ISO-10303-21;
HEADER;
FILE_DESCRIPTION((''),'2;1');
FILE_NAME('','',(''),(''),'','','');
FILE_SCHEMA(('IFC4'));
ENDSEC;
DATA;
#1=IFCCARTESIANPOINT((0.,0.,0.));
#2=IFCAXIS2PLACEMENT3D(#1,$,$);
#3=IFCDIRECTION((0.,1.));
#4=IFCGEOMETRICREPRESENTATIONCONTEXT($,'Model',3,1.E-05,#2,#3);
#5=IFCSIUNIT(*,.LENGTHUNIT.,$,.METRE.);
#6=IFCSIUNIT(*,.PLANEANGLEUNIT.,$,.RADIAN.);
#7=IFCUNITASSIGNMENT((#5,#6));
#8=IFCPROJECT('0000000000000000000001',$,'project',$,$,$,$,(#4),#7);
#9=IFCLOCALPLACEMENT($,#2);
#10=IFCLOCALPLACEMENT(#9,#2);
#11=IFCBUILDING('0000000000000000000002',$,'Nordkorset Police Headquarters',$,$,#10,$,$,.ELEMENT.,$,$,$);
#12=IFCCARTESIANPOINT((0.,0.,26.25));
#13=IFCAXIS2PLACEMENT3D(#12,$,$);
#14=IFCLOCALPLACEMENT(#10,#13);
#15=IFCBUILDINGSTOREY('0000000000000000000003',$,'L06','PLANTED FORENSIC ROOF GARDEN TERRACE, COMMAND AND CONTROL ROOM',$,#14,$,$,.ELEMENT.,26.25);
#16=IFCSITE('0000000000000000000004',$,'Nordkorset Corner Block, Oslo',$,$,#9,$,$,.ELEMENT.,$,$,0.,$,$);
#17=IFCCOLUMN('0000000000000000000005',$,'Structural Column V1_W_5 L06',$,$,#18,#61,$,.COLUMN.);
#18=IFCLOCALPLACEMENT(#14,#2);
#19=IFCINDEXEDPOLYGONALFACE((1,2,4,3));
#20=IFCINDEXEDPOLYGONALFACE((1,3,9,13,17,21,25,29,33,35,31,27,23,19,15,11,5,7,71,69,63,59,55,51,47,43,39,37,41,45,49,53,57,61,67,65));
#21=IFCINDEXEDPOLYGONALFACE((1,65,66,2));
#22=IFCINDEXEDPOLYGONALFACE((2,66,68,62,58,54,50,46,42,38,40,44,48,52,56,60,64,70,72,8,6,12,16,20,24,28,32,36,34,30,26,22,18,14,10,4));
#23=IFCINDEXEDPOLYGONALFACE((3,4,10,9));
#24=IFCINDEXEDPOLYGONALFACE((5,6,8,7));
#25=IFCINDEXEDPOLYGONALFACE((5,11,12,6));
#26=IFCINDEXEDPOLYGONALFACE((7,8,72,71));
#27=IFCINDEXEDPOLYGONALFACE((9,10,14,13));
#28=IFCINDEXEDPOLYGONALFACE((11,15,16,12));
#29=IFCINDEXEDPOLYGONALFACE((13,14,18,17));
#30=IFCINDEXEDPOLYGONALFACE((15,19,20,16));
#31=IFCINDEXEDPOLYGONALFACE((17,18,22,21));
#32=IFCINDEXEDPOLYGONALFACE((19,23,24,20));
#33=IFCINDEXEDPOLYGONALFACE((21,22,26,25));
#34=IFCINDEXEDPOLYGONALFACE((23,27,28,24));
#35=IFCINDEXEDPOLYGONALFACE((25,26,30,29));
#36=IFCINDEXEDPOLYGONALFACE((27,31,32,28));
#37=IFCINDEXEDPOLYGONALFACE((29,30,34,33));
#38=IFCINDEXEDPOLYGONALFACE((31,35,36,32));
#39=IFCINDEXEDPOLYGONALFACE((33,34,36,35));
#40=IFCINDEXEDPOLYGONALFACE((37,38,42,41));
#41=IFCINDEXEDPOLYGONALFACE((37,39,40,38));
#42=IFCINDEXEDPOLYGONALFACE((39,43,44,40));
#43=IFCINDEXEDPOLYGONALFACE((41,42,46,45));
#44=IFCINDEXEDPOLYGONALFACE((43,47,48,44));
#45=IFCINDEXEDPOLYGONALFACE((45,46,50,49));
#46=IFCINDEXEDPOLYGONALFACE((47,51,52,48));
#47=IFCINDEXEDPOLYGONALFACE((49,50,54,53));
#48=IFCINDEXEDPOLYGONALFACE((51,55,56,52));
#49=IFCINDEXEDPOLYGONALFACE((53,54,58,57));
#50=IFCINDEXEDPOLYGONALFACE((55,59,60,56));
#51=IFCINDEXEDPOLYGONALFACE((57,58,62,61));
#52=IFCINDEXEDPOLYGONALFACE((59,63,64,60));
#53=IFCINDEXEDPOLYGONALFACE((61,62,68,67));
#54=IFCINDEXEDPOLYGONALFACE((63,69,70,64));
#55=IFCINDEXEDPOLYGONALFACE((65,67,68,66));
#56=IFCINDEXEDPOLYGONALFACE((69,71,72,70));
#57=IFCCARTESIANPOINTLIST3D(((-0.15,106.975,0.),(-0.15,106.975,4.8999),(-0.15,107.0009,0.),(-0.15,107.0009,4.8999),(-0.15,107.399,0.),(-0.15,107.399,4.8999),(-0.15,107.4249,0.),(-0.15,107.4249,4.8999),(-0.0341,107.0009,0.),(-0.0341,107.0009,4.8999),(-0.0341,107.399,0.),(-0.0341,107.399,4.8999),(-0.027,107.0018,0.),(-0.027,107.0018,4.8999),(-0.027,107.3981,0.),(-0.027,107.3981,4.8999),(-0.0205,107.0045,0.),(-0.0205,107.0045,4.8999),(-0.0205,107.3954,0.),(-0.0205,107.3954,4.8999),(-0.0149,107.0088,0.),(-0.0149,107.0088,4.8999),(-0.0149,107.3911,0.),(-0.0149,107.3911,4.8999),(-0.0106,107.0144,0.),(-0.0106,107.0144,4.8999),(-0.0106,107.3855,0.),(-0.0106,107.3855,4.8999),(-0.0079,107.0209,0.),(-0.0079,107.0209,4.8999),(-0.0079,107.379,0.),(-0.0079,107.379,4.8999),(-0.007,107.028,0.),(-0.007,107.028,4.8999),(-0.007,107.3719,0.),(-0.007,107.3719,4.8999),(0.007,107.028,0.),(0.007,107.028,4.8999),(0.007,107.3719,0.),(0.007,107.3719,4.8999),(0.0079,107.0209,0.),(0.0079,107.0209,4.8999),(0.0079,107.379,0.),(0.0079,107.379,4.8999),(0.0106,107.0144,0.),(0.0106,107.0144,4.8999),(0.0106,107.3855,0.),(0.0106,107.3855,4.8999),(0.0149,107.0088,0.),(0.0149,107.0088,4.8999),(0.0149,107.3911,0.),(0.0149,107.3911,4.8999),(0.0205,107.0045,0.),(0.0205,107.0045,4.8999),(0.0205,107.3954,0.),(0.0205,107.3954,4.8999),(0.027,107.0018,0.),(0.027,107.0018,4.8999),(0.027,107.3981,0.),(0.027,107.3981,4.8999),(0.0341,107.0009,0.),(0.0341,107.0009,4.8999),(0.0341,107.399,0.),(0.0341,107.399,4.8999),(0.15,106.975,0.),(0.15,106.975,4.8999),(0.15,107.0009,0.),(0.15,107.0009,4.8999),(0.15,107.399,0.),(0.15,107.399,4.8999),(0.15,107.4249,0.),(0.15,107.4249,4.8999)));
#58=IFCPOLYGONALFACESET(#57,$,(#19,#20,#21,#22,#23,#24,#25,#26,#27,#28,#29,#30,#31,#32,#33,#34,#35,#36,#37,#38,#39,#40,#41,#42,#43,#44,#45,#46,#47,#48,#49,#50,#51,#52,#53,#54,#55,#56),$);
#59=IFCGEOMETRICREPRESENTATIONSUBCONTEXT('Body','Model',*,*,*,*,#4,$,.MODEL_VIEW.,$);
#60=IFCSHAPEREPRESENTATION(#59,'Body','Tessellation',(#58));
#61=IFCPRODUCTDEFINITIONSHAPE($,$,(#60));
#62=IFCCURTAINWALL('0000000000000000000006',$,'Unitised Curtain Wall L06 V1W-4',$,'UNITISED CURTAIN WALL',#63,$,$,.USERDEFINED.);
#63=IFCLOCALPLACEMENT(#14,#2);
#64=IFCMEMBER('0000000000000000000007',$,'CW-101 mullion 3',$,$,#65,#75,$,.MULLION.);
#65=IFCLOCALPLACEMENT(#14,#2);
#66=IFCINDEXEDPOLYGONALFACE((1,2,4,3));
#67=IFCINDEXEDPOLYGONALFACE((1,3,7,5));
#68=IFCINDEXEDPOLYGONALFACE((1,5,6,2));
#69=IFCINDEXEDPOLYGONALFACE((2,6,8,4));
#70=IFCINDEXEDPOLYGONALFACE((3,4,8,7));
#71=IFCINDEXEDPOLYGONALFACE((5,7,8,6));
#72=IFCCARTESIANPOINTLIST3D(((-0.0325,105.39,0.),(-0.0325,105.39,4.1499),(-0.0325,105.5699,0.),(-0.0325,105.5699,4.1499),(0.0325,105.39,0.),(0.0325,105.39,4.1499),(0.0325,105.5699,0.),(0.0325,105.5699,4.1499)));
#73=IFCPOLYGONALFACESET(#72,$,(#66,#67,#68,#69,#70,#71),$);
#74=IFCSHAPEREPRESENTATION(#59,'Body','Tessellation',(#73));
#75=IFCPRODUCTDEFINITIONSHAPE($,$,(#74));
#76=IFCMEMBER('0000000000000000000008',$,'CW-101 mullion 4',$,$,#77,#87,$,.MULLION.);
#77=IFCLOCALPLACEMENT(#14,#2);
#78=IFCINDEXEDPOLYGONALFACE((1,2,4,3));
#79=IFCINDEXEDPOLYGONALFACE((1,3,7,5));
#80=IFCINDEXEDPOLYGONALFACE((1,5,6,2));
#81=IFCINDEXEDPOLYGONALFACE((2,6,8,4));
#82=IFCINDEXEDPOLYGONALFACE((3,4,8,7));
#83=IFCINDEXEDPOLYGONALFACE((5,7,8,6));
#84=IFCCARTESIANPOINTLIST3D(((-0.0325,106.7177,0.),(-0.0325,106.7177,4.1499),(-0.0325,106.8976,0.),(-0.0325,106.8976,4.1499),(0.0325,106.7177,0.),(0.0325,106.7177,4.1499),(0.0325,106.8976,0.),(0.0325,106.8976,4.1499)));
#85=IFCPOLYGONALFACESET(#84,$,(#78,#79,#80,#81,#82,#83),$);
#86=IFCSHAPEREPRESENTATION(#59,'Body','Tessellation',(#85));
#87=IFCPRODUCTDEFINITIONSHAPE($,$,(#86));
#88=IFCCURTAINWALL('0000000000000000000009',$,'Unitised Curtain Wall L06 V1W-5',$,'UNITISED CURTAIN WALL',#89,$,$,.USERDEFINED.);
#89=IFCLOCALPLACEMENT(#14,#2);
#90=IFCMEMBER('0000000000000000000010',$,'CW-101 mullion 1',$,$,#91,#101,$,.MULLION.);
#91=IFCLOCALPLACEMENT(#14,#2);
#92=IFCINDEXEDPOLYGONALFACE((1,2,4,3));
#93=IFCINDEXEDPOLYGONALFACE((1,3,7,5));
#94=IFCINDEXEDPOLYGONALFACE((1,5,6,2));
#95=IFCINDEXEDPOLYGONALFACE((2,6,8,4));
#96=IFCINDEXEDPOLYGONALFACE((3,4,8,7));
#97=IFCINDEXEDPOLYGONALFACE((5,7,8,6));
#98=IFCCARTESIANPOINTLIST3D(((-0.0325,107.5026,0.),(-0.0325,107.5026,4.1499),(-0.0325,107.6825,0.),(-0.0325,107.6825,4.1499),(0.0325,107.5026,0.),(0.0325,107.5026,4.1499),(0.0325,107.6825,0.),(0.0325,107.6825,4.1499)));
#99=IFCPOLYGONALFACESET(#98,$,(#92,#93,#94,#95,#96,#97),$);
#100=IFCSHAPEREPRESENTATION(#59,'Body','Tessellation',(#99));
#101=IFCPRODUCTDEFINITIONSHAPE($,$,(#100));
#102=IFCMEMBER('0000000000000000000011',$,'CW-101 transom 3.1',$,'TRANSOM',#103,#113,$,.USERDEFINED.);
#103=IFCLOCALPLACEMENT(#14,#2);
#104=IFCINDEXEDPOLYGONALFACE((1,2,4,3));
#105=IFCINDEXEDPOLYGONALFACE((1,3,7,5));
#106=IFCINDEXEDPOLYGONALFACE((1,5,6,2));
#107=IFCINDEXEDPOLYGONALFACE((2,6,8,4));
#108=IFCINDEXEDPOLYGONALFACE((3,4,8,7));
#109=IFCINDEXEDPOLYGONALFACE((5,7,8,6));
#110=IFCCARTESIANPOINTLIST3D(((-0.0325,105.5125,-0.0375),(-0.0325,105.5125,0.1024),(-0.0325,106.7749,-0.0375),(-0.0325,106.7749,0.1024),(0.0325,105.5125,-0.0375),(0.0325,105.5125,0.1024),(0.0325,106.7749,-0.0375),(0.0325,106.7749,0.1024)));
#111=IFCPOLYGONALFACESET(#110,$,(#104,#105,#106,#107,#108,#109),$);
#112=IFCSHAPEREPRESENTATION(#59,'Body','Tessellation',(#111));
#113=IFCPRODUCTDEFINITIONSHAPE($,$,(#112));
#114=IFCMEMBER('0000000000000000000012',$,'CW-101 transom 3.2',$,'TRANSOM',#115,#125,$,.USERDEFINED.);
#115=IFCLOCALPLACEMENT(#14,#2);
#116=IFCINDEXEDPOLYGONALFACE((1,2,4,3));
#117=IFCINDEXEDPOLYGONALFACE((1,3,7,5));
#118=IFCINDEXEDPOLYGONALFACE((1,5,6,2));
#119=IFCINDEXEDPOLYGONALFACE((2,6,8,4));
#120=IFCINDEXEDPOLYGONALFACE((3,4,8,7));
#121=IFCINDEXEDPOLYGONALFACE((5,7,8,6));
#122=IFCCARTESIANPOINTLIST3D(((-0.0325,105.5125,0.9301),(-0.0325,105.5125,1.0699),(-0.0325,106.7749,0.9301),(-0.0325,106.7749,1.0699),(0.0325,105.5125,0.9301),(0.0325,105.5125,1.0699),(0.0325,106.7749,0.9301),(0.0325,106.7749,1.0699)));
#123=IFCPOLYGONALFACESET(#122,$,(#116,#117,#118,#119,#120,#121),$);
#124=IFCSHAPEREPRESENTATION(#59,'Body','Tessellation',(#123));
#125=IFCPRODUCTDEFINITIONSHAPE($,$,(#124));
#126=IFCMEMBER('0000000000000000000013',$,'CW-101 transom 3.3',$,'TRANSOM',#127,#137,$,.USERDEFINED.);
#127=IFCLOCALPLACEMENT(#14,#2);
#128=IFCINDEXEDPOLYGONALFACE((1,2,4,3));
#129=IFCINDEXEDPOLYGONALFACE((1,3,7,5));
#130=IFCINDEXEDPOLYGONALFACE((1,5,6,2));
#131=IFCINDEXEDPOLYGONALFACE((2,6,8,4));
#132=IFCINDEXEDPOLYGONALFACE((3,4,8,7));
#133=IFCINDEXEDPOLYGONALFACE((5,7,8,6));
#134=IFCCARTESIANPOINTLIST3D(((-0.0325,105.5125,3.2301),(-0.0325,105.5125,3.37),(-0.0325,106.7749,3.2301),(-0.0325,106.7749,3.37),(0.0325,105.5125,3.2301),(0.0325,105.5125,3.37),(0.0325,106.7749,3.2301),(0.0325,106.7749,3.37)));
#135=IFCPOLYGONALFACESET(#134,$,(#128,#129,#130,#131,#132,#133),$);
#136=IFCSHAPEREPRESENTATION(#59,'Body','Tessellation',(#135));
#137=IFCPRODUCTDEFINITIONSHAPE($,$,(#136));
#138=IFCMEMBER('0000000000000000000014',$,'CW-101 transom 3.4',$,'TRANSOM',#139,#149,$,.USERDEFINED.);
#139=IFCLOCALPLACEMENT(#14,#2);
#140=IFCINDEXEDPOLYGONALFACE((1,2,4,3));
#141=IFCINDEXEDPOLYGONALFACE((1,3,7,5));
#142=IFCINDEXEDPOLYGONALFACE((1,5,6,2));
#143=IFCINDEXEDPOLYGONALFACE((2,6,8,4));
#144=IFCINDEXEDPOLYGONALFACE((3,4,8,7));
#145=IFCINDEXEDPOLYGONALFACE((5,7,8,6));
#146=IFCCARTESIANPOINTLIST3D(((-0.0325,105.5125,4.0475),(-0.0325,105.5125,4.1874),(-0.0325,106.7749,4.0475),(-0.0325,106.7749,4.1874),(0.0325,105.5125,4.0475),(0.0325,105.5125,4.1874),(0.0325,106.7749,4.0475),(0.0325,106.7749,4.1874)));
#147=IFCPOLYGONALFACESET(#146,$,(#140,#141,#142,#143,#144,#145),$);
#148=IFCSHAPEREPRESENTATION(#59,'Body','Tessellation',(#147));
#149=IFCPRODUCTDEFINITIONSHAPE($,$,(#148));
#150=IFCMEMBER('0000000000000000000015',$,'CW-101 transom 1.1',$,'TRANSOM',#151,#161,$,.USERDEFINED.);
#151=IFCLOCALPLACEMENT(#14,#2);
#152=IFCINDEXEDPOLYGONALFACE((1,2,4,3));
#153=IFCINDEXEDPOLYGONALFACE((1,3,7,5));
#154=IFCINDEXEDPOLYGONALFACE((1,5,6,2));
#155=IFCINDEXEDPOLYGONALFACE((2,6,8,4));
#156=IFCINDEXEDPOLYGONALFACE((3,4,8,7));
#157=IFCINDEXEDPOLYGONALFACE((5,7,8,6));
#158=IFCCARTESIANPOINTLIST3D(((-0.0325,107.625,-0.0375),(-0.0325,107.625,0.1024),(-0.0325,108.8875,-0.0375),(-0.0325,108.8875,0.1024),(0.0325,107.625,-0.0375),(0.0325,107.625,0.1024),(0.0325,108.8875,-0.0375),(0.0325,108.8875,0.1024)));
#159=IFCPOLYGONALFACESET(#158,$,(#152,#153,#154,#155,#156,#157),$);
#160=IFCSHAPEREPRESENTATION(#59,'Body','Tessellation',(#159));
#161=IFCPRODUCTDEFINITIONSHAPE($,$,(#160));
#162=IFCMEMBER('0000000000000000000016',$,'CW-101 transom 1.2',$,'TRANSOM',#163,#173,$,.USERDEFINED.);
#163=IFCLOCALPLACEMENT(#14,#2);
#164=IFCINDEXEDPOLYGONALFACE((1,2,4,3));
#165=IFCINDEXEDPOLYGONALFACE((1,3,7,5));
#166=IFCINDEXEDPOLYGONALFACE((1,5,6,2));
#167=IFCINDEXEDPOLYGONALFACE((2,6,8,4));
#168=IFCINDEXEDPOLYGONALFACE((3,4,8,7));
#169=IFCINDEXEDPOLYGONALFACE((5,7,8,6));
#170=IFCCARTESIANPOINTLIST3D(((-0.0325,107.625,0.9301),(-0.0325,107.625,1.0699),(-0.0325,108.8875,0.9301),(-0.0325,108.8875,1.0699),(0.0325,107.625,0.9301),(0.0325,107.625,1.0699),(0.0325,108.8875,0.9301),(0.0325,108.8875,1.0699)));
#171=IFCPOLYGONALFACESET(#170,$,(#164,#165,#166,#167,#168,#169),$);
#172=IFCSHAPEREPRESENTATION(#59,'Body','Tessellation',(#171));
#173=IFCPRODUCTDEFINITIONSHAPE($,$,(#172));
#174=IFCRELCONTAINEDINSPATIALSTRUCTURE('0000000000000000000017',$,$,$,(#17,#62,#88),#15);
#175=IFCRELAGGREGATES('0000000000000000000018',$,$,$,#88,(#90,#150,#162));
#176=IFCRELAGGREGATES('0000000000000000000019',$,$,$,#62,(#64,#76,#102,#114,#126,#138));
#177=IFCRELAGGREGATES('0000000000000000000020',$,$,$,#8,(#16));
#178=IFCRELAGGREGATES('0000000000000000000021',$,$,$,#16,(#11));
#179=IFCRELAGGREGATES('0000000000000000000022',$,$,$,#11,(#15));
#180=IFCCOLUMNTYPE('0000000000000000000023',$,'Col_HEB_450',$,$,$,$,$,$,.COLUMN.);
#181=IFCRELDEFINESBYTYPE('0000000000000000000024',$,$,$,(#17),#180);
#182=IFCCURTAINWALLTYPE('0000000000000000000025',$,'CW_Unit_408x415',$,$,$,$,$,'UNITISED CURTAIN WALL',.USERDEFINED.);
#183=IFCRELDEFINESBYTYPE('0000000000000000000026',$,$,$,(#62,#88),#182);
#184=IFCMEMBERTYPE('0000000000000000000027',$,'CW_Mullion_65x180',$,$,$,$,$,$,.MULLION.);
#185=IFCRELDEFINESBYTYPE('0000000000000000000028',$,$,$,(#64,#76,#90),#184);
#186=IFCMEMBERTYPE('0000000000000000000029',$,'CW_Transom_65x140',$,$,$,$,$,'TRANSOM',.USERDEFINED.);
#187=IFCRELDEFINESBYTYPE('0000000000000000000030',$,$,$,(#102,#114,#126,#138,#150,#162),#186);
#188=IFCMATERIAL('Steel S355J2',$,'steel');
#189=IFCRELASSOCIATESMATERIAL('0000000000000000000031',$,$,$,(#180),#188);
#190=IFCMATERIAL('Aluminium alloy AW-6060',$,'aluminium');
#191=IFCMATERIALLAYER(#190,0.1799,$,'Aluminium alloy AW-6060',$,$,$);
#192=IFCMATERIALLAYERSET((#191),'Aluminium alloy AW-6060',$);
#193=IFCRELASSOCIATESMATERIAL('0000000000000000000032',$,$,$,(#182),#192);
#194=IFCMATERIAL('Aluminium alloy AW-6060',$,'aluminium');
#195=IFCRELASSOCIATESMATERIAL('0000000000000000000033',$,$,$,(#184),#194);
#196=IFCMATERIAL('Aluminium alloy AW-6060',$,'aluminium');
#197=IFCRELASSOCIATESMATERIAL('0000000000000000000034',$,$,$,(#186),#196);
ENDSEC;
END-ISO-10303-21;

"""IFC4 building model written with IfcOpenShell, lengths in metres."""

from ifc_helpers import new_model, si_unit, direction, frame, origin, origin_2d, place, context, subcontext, project, spatial, rectangle, i_section, extrude, material, layer, layer_set, material_profile, profile_set, type_object, element, aggregate, save


model = new_model("IFC4")

# Units and contexts
model_context = context("Model", 3, precision=1e-05, world=origin(), true_north=direction((0.0, 1.0)))
body_context = subcontext(model_context, "Body", "Model", "MODEL_VIEW")
ifc_project = project(units=[si_unit("LENGTHUNIT", "METRE"), si_unit("PLANEANGLEUNIT", "RADIAN")], contexts=[model_context])

# Site, building, storey
site_placement = place(None, origin())
site = spatial("IfcSite", under=ifc_project, at=site_placement, Name="Nordkorset Corner Block, Oslo", CompositionType="ELEMENT", RefElevation=0.0)
building_placement = place(site_placement, origin())
building = spatial("IfcBuilding", under=site, at=building_placement, Name="Nordkorset Police Headquarters", CompositionType="ELEMENT")
storey_placement = place(building_placement, frame((0.0, 0.0, 26.25)))
storey = spatial("IfcBuildingStorey", under=building, at=storey_placement, Name="L06", Description="PLANTED FORENSIC ROOF GARDEN TERRACE, COMMAND AND CONTROL ROOM", CompositionType="ELEMENT", Elevation=26.25)

# Column
ifc_material_1 = material(Name="Steel S355J2", Category="steel")
ifc_material_profile_1 = material_profile(ifc_material_1, i_section(OverallWidth=0.3, OverallDepth=0.45, WebThickness=0.0139, FlangeThickness=0.0259, FilletRadius=0.0271, at=origin_2d()), Name="HEB 450")
ifc_profile_set_1 = profile_set([ifc_material_profile_1], Name="Steel S355J2")
column_type = type_object("IfcColumnType", Name="Col_HEB_450", PredefinedType="COLUMN", material=ifc_profile_set_1)
column_placement = place(storey_placement, frame((0.0, 107.2, 0.0), z_axis=(0.0, 0.0, 1.0), x_axis=(1.0, 0.0, 0.0)))
element("IfcColumn", 1, at=column_placement, inside=storey, type_object=column_type, Name="Structural Column V1_W_5 L06", PredefinedType="COLUMN", context=body_context, shape_type="SweptSolid", body=[
    extrude(i_section(OverallWidth=0.3, OverallDepth=0.45, WebThickness=0.0139, FlangeThickness=0.0259, FilletRadius=0.0271, at=origin_2d()), origin(), (0.0, 0.0, 1.0), 4.8999),
])

# Curtain wall, members
ifc_material_2 = material(Name="Aluminium alloy AW-6060", Category="aluminium")
ifc_layer_1 = layer(ifc_material_2, 0.1799, Name="Aluminium alloy AW-6060")
ifc_layer_set_1 = layer_set([ifc_layer_1], Name="Aluminium alloy AW-6060")
curtain_wall_type = type_object("IfcCurtainWallType", Name="CW_Unit_408x415", ElementType="UNITISED CURTAIN WALL", PredefinedType="USERDEFINED", material=ifc_layer_set_1)
curtain_wall_1_placement = place(storey_placement, origin())
curtain_wall_1 = element("IfcCurtainWall", 2, at=curtain_wall_1_placement, inside=storey, type_object=curtain_wall_type, Name="Unitised Curtain Wall L06 V1W-4", ObjectType="UNITISED CURTAIN WALL", PredefinedType="USERDEFINED")
ifc_material_3 = material(Name="Aluminium alloy AW-6060", Category="aluminium")
ifc_material_profile_2 = material_profile(ifc_material_3, rectangle(XDim=0.0649, YDim=0.1799, at=origin_2d()), Name="ALU MULL 65x180")
ifc_profile_set_2 = profile_set([ifc_material_profile_2], Name="Aluminium alloy AW-6060")
member_type_1 = type_object("IfcMemberType", Name="CW_Mullion_65x180", PredefinedType="MULLION", material=ifc_profile_set_2)
member_1_placement = place(storey_placement, frame((0.0, 105.48, 0.0), z_axis=(0.0, 0.0, 1.0), x_axis=(-1.0, 0.0, 0.0)))
member_1 = element("IfcMember", 3, at=member_1_placement, type_object=member_type_1, Name="CW-101 mullion 3", PredefinedType="MULLION", context=body_context, shape_type="SweptSolid", body=[
    extrude(rectangle(XDim=0.0649, YDim=0.1799, at=origin_2d()), origin(), (0.0, 0.0, 1.0), 4.1499),
])
member_2_placement = place(storey_placement, frame((0.0, 106.8076, 0.0), z_axis=(0.0, 0.0, 1.0), x_axis=(-1.0, 0.0, 0.0)))
member_2 = element("IfcMember", 4, at=member_2_placement, type_object=member_type_1, Name="CW-101 mullion 4", PredefinedType="MULLION", context=body_context, shape_type="SweptSolid", body=[
    extrude(rectangle(XDim=0.0649, YDim=0.1799, at=origin_2d()), origin(), (0.0, 0.0, 1.0), 4.1499),
])

# Curtain wall, member
curtain_wall_2_placement = place(storey_placement, origin())
curtain_wall_2 = element("IfcCurtainWall", 5, at=curtain_wall_2_placement, inside=storey, type_object=curtain_wall_type, Name="Unitised Curtain Wall L06 V1W-5", ObjectType="UNITISED CURTAIN WALL", PredefinedType="USERDEFINED")
member_3_placement = place(storey_placement, frame((0.0, 107.5925, 0.0), z_axis=(0.0, 0.0, 1.0), x_axis=(-1.0, 0.0, 0.0)))
member_3 = element("IfcMember", 6, at=member_3_placement, type_object=member_type_1, Name="CW-101 mullion 1", PredefinedType="MULLION", context=body_context, shape_type="SweptSolid", body=[
    extrude(rectangle(XDim=0.0649, YDim=0.1799, at=origin_2d()), origin(), (0.0, 0.0, 1.0), 4.1499),
])

# Members
ifc_material_4 = material(Name="Aluminium alloy AW-6060", Category="aluminium")
ifc_material_profile_3 = material_profile(ifc_material_4, rectangle(XDim=0.0649, YDim=0.1399, at=origin_2d()), Name="ALU TRAN 65x140")
ifc_profile_set_3 = profile_set([ifc_material_profile_3], Name="Aluminium alloy AW-6060")
member_type_2 = type_object("IfcMemberType", Name="CW_Transom_65x140", ElementType="TRANSOM", PredefinedType="USERDEFINED", material=ifc_profile_set_3)
member_4_placement = place(storey_placement, frame((0.0, 105.5125, 0.0325), z_axis=(0.0, 1.0, 0.0), x_axis=(-1.0, 0.0, 0.0)))
member_4 = element("IfcMember", 7, at=member_4_placement, type_object=member_type_2, Name="CW-101 transom 3.1", ObjectType="TRANSOM", PredefinedType="USERDEFINED", context=body_context, shape_type="SweptSolid", body=[
    extrude(rectangle(XDim=0.0649, YDim=0.1399, at=origin_2d()), origin(), (0.0, 0.0, 1.0), 1.2625),
])
member_5_placement = place(storey_placement, frame((0.0, 105.5125, 1.0), z_axis=(0.0, 1.0, 0.0), x_axis=(-1.0, 0.0, 0.0)))
member_5 = element("IfcMember", 8, at=member_5_placement, type_object=member_type_2, Name="CW-101 transom 3.2", ObjectType="TRANSOM", PredefinedType="USERDEFINED", context=body_context, shape_type="SweptSolid", body=[
    extrude(rectangle(XDim=0.0649, YDim=0.1399, at=origin_2d()), origin(), (0.0, 0.0, 1.0), 1.2625),
])
member_6_placement = place(storey_placement, frame((0.0, 105.5125, 3.3), z_axis=(0.0, 1.0, 0.0), x_axis=(-1.0, 0.0, 0.0)))
member_6 = element("IfcMember", 9, at=member_6_placement, type_object=member_type_2, Name="CW-101 transom 3.3", ObjectType="TRANSOM", PredefinedType="USERDEFINED", context=body_context, shape_type="SweptSolid", body=[
    extrude(rectangle(XDim=0.0649, YDim=0.1399, at=origin_2d()), origin(), (0.0, 0.0, 1.0), 1.2625),
])
member_7_placement = place(storey_placement, frame((0.0, 105.5125, 4.1174), z_axis=(0.0, 1.0, 0.0), x_axis=(-1.0, 0.0, 0.0)))
member_7 = element("IfcMember", 10, at=member_7_placement, type_object=member_type_2, Name="CW-101 transom 3.4", ObjectType="TRANSOM", PredefinedType="USERDEFINED", context=body_context, shape_type="SweptSolid", body=[
    extrude(rectangle(XDim=0.0649, YDim=0.1399, at=origin_2d()), origin(), (0.0, 0.0, 1.0), 1.2625),
])
member_8_placement = place(storey_placement, frame((0.0, 107.625, 0.0325), z_axis=(0.0, 1.0, 0.0), x_axis=(-1.0, 0.0, 0.0)))
member_8 = element("IfcMember", 11, at=member_8_placement, type_object=member_type_2, Name="CW-101 transom 1.1", ObjectType="TRANSOM", PredefinedType="USERDEFINED", context=body_context, shape_type="SweptSolid", body=[
    extrude(rectangle(XDim=0.0649, YDim=0.1399, at=origin_2d()), origin(), (0.0, 0.0, 1.0), 1.2625),
])
member_9_placement = place(storey_placement, frame((0.0, 107.625, 1.0), z_axis=(0.0, 1.0, 0.0), x_axis=(-1.0, 0.0, 0.0)))
member_9 = element("IfcMember", 12, at=member_9_placement, type_object=member_type_2, Name="CW-101 transom 1.2", ObjectType="TRANSOM", PredefinedType="USERDEFINED", context=body_context, shape_type="SweptSolid", body=[
    extrude(rectangle(XDim=0.0649, YDim=0.1399, at=origin_2d()), origin(), (0.0, 0.0, 1.0), 1.2625),
])
aggregate(curtain_wall_2, [member_3, member_8, member_9])

aggregate(curtain_wall_1, [member_1, member_2, member_4, member_5, member_6, member_7])

save(model, "model.ifc")
